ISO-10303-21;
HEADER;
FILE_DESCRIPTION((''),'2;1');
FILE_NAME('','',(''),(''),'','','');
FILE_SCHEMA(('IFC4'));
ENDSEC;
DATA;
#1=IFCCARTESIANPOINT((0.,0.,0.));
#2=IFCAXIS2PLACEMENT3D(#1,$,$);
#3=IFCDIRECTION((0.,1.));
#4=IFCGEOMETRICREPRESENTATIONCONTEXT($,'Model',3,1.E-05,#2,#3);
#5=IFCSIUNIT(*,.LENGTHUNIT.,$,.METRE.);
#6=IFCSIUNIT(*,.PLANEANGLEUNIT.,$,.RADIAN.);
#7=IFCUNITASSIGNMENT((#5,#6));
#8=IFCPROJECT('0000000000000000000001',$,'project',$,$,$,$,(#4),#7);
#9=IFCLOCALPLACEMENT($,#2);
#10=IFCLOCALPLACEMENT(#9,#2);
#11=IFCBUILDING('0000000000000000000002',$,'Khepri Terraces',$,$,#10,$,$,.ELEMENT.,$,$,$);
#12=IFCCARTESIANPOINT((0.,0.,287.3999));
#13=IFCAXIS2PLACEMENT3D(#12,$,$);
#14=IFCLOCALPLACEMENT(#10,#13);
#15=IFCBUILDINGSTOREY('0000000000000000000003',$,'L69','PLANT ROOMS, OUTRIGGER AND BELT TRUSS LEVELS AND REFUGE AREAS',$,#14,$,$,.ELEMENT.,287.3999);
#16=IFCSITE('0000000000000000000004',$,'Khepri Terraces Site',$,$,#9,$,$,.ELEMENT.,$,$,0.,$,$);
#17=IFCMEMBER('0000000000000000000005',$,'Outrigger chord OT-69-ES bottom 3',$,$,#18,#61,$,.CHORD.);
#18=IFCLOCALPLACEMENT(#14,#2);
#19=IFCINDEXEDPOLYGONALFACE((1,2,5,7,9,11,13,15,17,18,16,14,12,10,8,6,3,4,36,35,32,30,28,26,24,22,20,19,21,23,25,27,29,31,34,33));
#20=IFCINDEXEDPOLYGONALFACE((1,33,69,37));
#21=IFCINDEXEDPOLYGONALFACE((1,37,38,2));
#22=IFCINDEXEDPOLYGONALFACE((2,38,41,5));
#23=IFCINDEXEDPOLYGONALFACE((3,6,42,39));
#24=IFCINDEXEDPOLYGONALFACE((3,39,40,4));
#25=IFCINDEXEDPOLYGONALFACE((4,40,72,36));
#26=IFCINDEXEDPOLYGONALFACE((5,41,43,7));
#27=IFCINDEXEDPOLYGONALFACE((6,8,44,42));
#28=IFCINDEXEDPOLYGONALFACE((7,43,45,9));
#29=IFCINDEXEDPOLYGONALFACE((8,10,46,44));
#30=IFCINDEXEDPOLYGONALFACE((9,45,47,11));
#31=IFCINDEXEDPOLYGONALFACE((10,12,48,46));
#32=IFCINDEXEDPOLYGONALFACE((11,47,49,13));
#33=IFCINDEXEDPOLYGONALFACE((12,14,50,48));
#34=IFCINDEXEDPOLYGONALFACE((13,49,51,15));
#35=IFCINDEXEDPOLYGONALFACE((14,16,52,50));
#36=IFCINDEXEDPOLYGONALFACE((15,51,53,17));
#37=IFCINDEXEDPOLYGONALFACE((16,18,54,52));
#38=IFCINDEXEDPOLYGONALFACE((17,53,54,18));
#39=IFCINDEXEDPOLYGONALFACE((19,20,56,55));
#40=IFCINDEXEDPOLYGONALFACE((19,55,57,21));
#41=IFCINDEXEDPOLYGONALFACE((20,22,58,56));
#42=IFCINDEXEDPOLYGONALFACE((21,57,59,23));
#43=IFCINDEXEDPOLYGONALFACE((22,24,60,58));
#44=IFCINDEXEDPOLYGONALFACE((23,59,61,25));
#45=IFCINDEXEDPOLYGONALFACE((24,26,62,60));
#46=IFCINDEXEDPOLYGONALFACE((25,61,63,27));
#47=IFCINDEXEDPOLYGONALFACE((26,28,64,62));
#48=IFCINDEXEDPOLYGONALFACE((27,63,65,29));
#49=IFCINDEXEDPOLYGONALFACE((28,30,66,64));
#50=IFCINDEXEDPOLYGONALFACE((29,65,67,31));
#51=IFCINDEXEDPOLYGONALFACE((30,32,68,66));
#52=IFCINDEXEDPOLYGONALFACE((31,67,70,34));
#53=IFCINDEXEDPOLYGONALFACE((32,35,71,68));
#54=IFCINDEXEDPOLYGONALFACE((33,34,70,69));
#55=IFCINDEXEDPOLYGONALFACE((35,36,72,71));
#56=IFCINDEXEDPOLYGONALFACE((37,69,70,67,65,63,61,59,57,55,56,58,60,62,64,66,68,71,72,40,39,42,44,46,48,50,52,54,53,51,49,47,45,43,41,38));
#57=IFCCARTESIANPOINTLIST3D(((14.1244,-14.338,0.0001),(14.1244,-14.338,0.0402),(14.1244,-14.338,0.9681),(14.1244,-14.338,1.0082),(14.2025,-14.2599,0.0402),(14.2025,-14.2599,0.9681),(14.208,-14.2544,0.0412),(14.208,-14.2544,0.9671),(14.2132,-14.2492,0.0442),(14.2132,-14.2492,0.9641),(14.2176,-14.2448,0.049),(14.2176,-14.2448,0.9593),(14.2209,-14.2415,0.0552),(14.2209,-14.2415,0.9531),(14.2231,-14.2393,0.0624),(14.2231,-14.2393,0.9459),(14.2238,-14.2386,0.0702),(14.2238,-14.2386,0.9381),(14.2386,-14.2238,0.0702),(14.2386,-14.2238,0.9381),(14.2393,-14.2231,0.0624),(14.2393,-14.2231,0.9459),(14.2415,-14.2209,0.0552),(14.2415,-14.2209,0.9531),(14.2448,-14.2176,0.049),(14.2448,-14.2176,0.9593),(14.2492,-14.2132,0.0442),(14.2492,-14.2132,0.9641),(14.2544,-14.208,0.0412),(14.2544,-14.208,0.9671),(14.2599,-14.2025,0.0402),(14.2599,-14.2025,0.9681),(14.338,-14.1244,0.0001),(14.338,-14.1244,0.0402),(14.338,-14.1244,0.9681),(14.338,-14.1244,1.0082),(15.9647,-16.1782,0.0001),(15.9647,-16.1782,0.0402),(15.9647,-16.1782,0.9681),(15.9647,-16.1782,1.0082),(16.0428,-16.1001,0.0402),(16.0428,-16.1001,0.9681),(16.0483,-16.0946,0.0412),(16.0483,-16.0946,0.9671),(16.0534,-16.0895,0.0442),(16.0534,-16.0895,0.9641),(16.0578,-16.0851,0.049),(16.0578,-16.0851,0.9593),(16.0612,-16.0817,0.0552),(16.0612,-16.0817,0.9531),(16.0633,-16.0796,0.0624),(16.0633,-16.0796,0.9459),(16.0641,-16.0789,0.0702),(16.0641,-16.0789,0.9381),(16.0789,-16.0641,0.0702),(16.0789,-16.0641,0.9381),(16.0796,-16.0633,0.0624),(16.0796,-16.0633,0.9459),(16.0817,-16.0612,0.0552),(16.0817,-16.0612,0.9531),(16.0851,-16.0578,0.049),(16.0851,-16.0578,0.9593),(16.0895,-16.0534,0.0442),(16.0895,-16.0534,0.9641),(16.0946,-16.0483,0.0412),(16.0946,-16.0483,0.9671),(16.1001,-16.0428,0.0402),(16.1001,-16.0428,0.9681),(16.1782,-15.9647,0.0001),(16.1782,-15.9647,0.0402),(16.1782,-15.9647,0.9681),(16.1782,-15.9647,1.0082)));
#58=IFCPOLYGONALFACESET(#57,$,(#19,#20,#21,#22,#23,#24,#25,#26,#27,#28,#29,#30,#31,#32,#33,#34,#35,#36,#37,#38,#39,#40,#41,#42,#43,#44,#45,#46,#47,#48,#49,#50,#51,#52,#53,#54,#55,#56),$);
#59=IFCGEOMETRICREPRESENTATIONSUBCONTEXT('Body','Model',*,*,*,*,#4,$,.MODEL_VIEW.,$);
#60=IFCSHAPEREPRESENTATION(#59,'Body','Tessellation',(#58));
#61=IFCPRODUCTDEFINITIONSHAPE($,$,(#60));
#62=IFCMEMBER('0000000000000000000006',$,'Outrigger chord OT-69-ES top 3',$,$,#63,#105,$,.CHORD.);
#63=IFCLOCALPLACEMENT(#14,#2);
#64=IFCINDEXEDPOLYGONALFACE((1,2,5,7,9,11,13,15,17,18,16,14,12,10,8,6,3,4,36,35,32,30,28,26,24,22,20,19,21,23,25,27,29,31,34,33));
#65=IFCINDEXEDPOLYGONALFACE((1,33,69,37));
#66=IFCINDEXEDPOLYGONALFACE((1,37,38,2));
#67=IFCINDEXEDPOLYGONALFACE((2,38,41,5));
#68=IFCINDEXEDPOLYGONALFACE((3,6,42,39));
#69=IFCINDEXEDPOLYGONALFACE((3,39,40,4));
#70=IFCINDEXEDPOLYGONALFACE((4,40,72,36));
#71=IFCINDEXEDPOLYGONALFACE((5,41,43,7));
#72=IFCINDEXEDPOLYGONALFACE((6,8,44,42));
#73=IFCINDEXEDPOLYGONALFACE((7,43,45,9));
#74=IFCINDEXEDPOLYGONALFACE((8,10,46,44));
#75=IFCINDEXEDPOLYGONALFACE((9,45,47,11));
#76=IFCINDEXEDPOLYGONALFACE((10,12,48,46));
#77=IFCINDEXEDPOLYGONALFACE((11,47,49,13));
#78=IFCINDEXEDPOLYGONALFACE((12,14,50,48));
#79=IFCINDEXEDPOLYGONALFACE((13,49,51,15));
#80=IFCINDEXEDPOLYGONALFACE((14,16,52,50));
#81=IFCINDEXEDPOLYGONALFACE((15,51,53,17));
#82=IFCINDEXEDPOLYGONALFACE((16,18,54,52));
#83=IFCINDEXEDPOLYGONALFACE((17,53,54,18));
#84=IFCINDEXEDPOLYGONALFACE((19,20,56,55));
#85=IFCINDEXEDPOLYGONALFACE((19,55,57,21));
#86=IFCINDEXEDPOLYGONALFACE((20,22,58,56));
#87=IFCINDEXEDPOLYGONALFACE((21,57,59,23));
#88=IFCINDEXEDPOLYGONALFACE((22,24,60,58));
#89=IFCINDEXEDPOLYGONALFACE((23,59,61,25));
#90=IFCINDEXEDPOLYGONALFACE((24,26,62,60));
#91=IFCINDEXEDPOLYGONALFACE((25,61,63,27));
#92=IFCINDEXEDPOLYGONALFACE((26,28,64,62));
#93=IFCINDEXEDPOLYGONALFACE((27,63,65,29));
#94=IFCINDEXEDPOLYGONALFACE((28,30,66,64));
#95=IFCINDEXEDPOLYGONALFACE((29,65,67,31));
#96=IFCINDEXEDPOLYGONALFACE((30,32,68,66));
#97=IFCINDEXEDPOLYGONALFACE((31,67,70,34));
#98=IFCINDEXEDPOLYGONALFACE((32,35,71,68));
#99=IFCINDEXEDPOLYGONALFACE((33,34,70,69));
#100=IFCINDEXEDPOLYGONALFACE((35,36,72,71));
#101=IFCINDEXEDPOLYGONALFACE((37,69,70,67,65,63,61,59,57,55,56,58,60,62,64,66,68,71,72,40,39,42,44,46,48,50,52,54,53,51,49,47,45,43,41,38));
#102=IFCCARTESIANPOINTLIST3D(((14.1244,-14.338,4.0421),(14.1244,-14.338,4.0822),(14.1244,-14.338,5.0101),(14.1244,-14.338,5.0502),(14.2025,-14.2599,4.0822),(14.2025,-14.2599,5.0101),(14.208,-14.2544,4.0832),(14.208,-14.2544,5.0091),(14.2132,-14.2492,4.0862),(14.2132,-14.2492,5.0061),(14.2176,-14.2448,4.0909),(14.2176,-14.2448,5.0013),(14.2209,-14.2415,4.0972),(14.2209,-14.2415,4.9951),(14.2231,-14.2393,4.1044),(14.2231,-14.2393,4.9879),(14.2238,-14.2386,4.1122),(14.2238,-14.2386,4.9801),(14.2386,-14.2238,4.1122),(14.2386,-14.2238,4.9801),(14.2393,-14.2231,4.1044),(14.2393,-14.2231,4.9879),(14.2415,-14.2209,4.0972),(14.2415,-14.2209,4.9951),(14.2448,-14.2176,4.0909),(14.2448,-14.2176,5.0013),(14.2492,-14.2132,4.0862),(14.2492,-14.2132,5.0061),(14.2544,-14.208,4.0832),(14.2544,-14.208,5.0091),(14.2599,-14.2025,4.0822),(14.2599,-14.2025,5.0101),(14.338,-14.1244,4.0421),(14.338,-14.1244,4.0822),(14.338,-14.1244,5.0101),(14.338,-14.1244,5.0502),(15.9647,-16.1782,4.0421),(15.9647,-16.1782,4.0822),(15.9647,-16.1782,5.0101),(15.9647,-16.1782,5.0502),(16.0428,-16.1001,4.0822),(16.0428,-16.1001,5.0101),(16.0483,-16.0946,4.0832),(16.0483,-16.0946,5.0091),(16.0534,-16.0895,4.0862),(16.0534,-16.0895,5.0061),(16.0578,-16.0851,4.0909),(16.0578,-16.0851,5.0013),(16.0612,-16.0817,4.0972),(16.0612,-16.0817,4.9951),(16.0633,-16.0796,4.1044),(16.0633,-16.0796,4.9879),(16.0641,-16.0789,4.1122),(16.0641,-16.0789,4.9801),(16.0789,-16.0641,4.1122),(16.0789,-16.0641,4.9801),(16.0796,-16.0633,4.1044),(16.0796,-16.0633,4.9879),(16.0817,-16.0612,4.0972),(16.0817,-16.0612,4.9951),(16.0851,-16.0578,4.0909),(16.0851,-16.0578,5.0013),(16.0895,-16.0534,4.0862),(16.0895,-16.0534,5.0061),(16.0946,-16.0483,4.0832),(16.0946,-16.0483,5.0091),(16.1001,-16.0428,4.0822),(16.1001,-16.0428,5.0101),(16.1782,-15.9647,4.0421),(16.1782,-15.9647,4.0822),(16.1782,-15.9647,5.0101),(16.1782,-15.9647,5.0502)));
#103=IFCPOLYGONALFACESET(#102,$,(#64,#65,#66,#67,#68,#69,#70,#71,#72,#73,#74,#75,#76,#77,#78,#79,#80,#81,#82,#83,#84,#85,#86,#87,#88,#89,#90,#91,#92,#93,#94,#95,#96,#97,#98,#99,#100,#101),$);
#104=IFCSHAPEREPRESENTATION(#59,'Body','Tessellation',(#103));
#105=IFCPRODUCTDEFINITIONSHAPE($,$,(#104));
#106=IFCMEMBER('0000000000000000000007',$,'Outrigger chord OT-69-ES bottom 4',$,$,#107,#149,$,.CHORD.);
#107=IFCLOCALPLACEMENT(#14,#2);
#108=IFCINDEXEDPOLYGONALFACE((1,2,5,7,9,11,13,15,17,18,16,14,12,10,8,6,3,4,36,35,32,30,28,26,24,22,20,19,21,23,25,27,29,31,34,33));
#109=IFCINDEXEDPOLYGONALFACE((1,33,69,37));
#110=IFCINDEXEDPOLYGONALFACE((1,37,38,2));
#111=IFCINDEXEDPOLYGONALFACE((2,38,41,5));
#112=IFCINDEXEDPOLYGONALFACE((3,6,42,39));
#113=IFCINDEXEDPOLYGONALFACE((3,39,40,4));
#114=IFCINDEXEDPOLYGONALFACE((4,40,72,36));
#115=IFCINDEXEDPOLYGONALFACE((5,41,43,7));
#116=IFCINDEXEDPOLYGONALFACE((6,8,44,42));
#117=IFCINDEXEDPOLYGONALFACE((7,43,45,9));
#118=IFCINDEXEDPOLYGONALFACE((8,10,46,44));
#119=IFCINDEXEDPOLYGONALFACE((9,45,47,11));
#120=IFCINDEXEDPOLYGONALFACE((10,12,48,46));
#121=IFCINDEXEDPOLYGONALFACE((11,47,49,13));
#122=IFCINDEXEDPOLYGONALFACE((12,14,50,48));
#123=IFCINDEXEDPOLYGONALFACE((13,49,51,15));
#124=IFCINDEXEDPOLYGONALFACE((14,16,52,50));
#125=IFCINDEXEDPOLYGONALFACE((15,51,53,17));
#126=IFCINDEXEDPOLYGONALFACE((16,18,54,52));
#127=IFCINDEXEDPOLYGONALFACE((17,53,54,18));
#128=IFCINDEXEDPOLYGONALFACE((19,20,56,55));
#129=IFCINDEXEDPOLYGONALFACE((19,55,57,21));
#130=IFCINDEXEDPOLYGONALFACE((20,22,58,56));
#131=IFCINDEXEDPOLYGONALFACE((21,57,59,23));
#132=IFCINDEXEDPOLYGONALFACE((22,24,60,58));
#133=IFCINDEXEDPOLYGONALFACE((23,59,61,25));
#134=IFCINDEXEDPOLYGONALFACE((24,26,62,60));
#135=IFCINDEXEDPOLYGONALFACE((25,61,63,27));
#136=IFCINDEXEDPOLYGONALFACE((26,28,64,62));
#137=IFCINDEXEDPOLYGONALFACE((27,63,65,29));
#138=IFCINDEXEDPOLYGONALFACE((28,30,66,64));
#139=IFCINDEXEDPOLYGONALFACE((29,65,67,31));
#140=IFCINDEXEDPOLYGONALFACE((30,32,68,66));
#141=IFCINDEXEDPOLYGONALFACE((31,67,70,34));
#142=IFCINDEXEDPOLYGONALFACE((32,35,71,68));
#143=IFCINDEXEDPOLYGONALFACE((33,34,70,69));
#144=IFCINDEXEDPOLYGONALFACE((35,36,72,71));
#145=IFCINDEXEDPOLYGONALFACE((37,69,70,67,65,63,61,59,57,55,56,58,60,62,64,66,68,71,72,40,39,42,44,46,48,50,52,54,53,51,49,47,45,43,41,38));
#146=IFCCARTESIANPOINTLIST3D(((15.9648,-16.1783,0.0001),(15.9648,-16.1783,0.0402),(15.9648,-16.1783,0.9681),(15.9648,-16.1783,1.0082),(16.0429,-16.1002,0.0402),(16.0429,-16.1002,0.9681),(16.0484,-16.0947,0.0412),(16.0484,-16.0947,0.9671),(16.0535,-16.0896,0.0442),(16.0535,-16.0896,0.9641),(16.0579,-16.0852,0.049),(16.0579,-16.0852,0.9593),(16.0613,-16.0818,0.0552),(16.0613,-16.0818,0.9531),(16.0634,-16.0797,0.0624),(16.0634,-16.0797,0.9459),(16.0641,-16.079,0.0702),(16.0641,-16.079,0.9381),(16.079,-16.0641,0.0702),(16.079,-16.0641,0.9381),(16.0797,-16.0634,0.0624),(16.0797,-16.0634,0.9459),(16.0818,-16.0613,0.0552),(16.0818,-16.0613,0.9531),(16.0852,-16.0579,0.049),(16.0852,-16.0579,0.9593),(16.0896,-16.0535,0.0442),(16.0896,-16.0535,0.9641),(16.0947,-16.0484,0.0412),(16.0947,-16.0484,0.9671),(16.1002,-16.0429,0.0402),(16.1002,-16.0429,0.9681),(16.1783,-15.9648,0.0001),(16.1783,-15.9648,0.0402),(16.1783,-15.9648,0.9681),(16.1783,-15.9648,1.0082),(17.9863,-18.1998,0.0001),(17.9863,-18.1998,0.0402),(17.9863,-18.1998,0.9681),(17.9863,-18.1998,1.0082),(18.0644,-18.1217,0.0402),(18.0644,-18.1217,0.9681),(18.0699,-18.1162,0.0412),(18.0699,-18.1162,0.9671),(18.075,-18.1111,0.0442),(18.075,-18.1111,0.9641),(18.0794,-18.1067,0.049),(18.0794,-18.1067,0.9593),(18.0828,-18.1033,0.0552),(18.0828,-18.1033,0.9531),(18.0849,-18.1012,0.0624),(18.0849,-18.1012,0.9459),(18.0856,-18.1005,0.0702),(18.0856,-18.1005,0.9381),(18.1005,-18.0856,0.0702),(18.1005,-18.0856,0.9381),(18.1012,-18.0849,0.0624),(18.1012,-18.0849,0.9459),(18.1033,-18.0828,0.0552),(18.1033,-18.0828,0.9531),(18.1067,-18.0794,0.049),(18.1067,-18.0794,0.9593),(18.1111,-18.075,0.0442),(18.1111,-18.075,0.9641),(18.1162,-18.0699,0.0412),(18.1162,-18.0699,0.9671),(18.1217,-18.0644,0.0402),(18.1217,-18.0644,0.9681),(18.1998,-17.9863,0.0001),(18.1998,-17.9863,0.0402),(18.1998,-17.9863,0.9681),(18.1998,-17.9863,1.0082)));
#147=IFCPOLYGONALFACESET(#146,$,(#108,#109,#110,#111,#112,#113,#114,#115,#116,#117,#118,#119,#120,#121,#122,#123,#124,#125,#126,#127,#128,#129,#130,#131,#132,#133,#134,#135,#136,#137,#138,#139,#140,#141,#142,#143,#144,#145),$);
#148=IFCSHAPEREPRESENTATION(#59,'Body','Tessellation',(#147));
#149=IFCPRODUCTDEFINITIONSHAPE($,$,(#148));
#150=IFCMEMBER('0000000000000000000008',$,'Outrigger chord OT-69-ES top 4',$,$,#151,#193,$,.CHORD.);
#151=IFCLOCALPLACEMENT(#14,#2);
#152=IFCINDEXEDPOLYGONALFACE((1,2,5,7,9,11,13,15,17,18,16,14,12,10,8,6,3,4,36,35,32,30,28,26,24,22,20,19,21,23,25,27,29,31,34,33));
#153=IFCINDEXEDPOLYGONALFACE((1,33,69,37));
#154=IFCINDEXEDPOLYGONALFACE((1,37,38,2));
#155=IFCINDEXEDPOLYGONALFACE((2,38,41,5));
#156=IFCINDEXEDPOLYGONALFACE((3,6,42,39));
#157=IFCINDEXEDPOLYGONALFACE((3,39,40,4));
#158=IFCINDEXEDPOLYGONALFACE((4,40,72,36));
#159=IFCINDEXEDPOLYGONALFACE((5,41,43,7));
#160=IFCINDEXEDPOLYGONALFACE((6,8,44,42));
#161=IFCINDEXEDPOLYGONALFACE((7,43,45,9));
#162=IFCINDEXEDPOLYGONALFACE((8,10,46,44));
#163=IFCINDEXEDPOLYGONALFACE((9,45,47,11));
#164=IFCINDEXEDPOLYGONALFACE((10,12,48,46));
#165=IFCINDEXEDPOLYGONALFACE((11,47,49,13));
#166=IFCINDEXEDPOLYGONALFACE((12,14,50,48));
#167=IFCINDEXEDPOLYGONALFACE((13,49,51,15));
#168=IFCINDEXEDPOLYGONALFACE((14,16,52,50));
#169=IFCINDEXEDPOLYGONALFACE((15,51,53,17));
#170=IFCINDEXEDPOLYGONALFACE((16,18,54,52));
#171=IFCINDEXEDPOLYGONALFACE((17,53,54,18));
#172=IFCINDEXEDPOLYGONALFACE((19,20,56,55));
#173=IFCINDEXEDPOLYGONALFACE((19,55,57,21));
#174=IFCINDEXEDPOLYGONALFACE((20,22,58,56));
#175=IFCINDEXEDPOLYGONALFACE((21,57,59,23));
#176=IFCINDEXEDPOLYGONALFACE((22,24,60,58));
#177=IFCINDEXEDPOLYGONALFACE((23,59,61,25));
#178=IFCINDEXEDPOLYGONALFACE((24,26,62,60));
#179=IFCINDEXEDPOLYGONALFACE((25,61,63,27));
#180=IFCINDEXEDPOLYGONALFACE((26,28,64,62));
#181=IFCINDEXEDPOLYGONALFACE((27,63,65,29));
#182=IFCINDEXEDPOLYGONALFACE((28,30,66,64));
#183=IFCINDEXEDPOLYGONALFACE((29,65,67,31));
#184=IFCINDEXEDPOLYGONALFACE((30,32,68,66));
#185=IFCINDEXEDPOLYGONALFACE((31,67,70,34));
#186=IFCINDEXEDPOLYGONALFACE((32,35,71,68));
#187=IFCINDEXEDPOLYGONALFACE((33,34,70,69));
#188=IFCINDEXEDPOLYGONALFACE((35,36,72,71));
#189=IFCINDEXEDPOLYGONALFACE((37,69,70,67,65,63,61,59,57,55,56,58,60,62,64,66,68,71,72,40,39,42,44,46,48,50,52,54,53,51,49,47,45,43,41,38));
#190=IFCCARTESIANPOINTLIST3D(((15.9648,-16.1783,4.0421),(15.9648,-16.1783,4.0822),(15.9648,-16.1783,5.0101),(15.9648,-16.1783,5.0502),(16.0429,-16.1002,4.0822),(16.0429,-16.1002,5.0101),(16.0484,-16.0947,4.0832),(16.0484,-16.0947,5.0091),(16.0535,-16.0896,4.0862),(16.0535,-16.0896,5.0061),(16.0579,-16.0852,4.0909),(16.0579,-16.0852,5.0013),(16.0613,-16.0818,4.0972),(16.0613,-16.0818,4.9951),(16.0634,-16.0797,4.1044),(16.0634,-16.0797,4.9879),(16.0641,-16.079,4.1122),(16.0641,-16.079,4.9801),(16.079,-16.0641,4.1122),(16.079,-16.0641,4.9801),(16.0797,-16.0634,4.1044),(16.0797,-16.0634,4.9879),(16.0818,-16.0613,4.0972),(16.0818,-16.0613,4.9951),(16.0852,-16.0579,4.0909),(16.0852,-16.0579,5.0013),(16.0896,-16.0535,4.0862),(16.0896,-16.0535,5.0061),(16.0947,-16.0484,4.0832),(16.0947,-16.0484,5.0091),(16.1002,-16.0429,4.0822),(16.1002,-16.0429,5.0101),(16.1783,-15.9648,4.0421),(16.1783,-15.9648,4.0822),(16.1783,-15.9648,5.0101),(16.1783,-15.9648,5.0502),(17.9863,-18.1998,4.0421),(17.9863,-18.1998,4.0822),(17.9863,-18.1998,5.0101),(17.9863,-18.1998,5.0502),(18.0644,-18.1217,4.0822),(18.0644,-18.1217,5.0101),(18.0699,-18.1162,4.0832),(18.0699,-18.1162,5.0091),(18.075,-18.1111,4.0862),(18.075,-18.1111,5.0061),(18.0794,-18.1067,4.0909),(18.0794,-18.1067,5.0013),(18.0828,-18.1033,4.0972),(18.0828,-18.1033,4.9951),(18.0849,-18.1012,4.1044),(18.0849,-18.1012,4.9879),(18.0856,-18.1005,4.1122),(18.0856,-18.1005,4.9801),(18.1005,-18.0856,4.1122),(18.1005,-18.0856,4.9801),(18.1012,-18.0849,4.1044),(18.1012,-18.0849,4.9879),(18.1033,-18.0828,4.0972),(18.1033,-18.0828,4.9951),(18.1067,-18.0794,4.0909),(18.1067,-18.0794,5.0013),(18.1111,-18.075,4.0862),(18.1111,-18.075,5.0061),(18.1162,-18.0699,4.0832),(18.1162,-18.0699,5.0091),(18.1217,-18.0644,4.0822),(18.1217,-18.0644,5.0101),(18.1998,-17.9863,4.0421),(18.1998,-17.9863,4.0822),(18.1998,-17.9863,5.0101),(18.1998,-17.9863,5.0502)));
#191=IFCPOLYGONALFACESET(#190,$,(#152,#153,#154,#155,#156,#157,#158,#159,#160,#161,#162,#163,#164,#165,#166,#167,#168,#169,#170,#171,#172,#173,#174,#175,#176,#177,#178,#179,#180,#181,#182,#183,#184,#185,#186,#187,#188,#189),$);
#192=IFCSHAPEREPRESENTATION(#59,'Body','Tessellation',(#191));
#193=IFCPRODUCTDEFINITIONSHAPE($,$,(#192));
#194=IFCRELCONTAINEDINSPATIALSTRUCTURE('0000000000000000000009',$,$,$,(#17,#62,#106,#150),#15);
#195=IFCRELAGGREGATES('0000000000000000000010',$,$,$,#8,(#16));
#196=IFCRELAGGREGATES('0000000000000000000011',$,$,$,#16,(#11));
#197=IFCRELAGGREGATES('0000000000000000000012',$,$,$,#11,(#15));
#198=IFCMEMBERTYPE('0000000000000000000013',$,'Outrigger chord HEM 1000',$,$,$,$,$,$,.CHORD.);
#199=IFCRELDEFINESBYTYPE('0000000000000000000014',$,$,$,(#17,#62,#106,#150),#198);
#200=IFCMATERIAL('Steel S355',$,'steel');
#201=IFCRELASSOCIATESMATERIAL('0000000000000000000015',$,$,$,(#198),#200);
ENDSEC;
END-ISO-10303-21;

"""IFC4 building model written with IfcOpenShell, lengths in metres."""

from ifc_helpers import new_model, si_unit, direction, frame, origin, origin_2d, place, context, subcontext, project, spatial, i_section, extrude, material, material_profile, profile_set, type_object, element, save


model = new_model("IFC4")

# Units and contexts
model_context = context("Model", 3, precision=1e-05, world=origin(), true_north=direction((0.0, 1.0)))
body_context = subcontext(model_context, "Body", "Model", "MODEL_VIEW")
ifc_project = project(units=[si_unit("LENGTHUNIT", "METRE"), si_unit("PLANEANGLEUNIT", "RADIAN")], contexts=[model_context])

# Site, building, storey
site_placement = place(None, origin())
site = spatial("IfcSite", under=ifc_project, at=site_placement, Name="Khepri Terraces Site", CompositionType="ELEMENT", RefElevation=0.0)
building_placement = place(site_placement, origin())
building = spatial("IfcBuilding", under=site, at=building_placement, Name="Khepri Terraces", CompositionType="ELEMENT")
storey_placement = place(building_placement, frame((0.0, 0.0, 287.3999)))
storey = spatial("IfcBuildingStorey", under=building, at=storey_placement, Name="L69", Description="PLANT ROOMS, OUTRIGGER AND BELT TRUSS LEVELS AND REFUGE AREAS", CompositionType="ELEMENT", Elevation=287.3999)

# Members
ifc_material_1 = material(Name="Steel S355", Category="steel")
ifc_material_profile_1 = material_profile(ifc_material_1, i_section(OverallWidth=0.302, OverallDepth=1.0081, WebThickness=0.021, FlangeThickness=0.04, FilletRadius=0.03, at=origin_2d()), Name="Steel S355", Category="steel")
ifc_profile_set_1 = profile_set([ifc_material_profile_1], Name="Steel S355")
member_type_1 = type_object("IfcMemberType", Name="Outrigger chord HEM 1000", PredefinedType="CHORD", material=ifc_profile_set_1)
for number, where, z_axis, x_axis, name in (
    (1, (14.2312, -14.2312, 0.5042), (0.707107, -0.707107, 0.0), (0.707107, 0.707107, 0.0), "Outrigger chord OT-69-ES bottom 3"),
    (2, (14.2312, -14.2312, 4.5461), (0.707107, -0.707107, 0.0), (0.707107, 0.707107, 0.0), "Outrigger chord OT-69-ES top 3"),
):
    element("IfcMember", number, at=place(storey_placement, frame(where, z_axis=z_axis, x_axis=x_axis)), inside=storey, type_object=member_type_1, Name=name, PredefinedType="CHORD", context=body_context, shape_type="SweptSolid", body=[
        extrude(i_section(OverallWidth=0.302, OverallDepth=1.0081, WebThickness=0.021, FlangeThickness=0.04, FilletRadius=0.03, at=origin_2d()), origin(), (0.0, 0.0, 1.0), 2.6025),
    ])
for number, where, z_axis, x_axis, name in (
    (3, (16.0715, -16.0715, 0.5042), (0.707107, -0.707107, 0.0), (0.707107, 0.707107, 0.0), "Outrigger chord OT-69-ES bottom 4"),
    (4, (16.0715, -16.0715, 4.5461), (0.707107, -0.707107, 0.0), (0.707107, 0.707107, 0.0), "Outrigger chord OT-69-ES top 4"),
):
    element("IfcMember", number, at=place(storey_placement, frame(where, z_axis=z_axis, x_axis=x_axis)), inside=storey, type_object=member_type_1, Name=name, PredefinedType="CHORD", context=body_context, shape_type="SweptSolid", body=[
        extrude(i_section(OverallWidth=0.302, OverallDepth=1.0081, WebThickness=0.021, FlangeThickness=0.04, FilletRadius=0.03, at=origin_2d()), origin(), (0.0, 0.0, 1.0), 2.8589),
    ])

save(model, "model.ifc")
